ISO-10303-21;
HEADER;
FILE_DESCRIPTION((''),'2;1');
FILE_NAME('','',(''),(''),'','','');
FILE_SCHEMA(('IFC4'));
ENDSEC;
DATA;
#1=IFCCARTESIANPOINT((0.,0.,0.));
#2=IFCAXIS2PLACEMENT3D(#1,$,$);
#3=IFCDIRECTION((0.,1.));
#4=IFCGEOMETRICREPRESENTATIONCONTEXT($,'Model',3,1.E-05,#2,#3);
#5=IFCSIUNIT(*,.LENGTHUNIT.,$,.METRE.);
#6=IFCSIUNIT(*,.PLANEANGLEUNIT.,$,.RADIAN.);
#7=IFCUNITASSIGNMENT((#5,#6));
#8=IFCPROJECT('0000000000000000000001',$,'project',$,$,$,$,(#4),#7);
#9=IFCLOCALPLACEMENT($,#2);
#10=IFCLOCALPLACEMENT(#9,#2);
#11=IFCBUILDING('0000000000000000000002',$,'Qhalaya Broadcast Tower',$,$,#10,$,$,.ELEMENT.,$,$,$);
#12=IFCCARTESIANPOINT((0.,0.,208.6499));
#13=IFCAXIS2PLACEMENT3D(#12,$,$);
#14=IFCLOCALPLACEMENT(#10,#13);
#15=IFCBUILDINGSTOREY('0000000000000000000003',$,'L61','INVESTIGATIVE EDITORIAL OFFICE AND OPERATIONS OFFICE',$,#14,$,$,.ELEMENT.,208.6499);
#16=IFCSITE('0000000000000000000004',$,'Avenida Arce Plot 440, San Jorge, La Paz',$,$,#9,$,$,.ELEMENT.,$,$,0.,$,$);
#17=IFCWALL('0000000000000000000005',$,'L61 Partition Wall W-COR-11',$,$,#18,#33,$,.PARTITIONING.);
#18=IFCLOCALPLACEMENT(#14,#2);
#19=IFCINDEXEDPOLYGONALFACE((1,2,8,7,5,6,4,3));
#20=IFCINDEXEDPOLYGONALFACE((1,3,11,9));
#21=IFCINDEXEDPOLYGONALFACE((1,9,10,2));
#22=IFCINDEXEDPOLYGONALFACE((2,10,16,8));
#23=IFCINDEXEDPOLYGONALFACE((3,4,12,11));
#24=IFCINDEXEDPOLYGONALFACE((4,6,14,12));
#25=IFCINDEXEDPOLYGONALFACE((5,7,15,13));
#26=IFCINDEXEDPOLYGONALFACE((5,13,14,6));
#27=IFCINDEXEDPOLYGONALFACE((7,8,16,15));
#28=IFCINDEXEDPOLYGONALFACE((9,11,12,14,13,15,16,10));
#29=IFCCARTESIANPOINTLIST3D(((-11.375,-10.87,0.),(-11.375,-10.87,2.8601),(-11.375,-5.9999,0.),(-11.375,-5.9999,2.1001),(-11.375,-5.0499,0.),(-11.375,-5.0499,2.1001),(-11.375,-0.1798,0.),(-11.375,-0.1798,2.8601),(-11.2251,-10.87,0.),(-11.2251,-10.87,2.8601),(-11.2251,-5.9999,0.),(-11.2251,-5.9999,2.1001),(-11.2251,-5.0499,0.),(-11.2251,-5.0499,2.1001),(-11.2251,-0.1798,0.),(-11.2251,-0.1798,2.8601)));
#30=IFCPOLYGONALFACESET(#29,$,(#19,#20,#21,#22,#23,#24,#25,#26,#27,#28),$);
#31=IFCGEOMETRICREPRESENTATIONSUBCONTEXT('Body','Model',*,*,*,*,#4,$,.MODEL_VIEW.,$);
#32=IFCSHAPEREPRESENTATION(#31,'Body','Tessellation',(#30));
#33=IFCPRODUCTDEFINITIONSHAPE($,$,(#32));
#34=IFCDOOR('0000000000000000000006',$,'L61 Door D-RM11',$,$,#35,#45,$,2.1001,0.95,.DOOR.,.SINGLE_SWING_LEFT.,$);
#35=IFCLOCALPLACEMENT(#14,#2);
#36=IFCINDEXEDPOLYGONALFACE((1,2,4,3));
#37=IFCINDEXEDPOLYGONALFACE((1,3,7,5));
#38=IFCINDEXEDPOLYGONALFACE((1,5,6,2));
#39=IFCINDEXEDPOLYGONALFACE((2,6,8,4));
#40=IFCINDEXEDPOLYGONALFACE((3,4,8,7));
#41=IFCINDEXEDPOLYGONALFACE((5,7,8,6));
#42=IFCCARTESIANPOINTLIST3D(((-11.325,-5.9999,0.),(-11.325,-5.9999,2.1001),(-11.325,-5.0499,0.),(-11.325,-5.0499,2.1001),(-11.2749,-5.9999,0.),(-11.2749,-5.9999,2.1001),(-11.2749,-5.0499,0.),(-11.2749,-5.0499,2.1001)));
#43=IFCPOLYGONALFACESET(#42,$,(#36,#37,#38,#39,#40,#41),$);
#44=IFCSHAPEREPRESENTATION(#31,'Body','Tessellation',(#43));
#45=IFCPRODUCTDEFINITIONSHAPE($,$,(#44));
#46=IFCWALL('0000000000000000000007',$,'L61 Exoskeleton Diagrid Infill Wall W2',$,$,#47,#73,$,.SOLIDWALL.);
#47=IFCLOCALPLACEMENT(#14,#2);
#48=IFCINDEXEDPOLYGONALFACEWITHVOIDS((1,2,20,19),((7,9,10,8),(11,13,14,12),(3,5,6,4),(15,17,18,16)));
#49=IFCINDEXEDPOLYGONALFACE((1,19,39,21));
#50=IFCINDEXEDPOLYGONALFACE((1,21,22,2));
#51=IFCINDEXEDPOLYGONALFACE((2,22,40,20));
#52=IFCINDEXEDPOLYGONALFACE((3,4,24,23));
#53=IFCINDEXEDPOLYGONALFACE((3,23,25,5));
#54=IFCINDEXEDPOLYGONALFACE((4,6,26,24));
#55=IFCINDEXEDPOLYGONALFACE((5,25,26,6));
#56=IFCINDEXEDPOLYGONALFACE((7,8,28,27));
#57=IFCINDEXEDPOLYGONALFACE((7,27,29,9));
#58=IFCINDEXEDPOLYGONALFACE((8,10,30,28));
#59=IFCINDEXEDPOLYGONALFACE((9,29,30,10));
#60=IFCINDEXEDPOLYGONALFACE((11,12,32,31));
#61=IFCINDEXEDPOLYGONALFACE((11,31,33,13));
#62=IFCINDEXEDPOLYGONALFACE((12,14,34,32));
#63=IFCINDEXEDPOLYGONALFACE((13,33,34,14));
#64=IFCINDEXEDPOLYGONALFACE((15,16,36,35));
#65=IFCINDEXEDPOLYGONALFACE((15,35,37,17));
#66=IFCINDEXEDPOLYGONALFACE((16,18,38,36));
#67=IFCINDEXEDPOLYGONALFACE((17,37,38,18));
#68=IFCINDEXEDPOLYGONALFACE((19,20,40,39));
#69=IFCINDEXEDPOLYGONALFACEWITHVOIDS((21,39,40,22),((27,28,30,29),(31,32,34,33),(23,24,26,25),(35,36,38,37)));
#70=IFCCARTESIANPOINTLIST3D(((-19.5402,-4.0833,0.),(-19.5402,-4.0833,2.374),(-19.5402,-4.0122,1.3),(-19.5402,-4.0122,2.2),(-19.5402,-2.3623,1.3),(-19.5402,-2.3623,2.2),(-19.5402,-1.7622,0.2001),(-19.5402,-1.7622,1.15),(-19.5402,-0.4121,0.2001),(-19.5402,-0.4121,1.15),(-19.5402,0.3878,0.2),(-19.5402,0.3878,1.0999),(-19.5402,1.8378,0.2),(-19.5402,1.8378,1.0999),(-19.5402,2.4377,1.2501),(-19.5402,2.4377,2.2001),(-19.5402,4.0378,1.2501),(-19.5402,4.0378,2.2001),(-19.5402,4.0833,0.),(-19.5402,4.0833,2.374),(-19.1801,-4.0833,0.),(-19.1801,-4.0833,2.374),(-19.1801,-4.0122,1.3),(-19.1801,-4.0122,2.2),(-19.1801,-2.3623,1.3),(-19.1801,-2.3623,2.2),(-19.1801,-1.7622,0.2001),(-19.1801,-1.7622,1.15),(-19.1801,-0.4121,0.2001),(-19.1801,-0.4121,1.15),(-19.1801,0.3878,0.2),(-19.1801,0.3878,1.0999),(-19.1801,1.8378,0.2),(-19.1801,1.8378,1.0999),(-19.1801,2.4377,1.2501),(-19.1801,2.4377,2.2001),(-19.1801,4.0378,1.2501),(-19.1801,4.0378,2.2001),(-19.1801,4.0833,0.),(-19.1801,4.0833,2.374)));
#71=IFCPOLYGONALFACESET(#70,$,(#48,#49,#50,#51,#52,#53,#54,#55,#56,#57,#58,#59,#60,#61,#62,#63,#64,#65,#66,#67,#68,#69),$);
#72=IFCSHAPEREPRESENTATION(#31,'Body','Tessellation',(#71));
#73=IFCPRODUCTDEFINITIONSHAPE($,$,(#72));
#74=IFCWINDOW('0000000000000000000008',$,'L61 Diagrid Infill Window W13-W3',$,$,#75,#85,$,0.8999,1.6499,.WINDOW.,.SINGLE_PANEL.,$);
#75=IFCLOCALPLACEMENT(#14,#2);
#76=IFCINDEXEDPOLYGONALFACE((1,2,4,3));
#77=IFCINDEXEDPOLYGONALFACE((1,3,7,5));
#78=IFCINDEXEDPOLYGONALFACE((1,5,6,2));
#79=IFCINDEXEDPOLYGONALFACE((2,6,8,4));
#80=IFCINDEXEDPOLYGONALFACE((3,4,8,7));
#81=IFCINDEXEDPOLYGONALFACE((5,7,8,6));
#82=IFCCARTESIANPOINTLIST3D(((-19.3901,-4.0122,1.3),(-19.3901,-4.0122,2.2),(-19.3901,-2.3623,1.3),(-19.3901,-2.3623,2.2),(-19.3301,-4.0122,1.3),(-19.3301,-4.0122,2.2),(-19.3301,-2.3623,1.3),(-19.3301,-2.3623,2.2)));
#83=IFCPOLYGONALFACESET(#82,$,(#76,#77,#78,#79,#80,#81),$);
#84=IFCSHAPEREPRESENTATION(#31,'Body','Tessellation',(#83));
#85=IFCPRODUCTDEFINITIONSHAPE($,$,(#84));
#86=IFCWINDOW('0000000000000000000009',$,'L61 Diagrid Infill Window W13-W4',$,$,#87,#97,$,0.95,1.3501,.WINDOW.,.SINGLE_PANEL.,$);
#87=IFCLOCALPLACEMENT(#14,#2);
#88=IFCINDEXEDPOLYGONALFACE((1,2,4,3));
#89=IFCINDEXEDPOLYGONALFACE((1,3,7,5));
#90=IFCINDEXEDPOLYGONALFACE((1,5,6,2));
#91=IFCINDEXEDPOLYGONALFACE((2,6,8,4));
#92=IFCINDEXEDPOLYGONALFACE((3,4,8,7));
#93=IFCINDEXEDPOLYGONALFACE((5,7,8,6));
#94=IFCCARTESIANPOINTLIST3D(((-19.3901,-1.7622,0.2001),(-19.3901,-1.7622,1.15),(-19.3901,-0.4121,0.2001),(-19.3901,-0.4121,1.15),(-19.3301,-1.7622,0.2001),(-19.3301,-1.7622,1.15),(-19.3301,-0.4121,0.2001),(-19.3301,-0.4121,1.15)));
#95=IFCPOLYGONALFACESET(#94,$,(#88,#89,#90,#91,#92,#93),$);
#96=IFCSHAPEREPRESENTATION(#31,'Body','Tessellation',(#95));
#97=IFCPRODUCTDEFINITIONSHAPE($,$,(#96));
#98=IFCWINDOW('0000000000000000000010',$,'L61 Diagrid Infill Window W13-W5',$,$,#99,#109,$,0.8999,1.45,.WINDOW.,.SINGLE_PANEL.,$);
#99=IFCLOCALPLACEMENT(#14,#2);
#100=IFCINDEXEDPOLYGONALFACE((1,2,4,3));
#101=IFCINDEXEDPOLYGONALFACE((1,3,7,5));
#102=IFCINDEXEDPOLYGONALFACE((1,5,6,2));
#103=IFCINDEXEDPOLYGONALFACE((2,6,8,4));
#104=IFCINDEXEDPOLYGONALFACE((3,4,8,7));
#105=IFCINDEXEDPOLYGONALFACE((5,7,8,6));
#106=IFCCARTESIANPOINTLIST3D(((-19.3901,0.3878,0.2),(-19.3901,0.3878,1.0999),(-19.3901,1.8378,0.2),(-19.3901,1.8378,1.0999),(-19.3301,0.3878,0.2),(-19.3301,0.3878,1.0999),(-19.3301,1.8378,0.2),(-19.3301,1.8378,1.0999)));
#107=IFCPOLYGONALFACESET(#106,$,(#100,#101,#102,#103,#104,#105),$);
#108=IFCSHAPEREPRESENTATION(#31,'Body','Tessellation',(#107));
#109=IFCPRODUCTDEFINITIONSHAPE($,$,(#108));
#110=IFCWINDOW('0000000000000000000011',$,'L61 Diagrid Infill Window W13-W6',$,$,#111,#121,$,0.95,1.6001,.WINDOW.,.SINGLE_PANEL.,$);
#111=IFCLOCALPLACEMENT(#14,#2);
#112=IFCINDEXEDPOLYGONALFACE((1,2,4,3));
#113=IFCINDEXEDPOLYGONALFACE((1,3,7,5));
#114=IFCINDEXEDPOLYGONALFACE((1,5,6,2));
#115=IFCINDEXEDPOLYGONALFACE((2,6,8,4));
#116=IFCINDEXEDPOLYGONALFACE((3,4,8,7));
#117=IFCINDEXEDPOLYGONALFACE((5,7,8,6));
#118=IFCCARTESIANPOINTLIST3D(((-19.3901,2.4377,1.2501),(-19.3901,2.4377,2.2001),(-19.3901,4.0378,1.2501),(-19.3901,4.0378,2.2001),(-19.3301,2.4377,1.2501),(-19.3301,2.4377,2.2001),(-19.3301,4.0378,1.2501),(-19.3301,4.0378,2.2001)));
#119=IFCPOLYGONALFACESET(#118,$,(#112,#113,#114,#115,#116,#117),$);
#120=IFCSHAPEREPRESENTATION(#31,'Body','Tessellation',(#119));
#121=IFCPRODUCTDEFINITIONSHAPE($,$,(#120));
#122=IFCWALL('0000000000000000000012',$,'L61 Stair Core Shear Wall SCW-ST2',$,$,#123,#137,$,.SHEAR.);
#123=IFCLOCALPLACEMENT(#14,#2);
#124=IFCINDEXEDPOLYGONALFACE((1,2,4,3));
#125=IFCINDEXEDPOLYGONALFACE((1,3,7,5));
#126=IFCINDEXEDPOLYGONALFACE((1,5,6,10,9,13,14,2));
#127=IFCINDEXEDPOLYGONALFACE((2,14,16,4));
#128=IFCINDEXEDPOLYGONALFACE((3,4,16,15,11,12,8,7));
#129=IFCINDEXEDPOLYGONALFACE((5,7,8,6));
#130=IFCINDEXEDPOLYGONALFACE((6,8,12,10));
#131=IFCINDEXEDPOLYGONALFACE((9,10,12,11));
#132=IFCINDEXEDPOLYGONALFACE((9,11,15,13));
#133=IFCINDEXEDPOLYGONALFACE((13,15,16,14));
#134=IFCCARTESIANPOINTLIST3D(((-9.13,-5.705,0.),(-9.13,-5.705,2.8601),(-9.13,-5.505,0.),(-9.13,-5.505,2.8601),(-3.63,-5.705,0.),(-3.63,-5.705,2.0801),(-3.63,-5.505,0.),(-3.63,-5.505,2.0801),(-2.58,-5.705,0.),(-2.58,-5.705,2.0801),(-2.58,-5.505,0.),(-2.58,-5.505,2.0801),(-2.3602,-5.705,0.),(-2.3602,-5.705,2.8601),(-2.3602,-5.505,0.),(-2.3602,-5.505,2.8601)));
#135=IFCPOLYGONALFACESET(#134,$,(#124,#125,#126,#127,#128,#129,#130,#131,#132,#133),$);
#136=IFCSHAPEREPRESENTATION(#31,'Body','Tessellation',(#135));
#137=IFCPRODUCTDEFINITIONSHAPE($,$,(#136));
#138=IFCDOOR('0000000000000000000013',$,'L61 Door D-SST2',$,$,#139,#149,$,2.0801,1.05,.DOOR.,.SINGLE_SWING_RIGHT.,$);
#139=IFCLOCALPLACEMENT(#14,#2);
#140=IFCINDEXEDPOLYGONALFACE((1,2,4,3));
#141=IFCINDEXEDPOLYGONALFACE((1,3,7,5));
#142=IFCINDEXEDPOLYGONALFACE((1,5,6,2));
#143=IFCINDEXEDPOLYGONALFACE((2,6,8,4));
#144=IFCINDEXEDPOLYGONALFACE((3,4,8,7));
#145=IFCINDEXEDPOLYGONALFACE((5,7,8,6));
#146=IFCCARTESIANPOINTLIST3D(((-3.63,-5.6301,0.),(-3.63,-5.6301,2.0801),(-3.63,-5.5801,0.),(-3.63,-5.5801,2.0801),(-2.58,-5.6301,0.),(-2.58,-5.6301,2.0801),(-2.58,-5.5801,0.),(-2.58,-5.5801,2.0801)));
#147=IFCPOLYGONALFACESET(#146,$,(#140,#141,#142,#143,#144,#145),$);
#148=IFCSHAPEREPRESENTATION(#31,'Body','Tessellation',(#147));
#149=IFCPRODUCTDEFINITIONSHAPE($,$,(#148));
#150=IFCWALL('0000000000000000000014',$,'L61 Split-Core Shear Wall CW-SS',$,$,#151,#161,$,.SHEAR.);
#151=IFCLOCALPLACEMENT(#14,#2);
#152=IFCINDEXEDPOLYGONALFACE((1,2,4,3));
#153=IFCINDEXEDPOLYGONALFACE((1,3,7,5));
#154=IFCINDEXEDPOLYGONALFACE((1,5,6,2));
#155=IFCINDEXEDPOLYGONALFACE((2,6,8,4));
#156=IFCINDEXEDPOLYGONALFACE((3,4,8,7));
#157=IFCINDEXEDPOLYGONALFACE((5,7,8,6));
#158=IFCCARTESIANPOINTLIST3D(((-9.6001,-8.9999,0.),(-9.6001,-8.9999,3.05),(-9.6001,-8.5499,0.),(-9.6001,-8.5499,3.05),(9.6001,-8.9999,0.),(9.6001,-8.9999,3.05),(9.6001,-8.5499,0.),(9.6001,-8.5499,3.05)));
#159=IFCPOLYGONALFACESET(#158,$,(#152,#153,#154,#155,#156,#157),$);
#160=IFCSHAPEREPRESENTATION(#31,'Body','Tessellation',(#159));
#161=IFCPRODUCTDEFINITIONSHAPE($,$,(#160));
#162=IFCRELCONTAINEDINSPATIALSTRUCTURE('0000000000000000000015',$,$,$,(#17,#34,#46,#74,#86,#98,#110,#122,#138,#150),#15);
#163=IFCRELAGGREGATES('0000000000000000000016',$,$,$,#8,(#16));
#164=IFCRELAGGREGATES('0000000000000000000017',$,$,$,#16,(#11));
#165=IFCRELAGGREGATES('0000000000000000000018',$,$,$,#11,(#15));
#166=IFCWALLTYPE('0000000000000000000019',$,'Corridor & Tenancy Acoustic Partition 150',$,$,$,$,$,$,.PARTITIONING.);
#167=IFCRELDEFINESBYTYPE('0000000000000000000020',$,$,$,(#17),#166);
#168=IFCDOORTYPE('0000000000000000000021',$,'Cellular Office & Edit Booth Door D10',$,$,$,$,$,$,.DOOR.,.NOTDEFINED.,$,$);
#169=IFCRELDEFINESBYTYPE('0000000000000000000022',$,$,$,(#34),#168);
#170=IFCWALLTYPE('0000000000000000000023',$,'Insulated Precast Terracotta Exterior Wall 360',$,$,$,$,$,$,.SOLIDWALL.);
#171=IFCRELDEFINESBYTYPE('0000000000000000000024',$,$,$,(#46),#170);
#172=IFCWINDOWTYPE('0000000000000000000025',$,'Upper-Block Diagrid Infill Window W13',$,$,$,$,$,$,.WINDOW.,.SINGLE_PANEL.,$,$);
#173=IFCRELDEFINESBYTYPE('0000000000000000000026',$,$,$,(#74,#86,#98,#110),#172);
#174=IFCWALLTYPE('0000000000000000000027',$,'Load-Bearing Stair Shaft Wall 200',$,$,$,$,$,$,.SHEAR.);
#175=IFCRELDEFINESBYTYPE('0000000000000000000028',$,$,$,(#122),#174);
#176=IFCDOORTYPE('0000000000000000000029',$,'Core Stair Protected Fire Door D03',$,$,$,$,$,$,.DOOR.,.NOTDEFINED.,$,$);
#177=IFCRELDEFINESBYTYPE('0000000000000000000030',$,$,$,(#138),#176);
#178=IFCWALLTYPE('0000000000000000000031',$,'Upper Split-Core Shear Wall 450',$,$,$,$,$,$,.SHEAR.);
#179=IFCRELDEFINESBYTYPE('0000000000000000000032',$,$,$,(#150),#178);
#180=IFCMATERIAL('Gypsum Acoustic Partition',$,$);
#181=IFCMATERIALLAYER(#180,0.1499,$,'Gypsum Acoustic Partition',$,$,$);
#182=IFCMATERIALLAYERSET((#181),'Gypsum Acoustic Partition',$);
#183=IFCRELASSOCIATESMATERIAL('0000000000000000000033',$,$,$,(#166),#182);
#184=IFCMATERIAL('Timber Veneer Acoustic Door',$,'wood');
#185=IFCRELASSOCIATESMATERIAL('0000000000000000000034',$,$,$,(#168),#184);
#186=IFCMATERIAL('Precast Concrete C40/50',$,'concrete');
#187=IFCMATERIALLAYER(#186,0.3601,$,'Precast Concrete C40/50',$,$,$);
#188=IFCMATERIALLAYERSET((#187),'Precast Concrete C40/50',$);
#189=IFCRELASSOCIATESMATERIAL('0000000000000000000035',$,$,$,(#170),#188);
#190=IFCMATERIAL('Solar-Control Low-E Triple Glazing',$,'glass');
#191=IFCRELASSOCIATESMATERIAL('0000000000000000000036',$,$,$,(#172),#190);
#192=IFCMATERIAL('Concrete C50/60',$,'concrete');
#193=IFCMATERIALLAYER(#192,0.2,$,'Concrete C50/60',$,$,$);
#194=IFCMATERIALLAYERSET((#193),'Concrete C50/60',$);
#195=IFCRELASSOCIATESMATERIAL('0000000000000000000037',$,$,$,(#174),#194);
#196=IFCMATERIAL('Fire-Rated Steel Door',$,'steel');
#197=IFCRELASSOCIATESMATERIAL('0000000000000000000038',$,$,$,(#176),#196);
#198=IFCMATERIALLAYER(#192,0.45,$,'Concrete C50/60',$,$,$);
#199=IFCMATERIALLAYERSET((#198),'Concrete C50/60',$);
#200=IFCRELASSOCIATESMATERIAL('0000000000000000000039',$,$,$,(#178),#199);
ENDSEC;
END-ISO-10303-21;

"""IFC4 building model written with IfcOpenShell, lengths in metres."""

from ifc_helpers import new_model, si_unit, direction, frame, frame_2d, origin, place, context, subcontext, project, spatial, rectangle, extrude, material, layer, layer_set, type_object, element, fill, save


model = new_model("IFC4")

# Units and contexts
model_context = context("Model", 3, precision=1e-05, world=origin(), true_north=direction((0.0, 1.0)))
body_context = subcontext(model_context, "Body", "Model", "MODEL_VIEW")
ifc_project = project(units=[si_unit("LENGTHUNIT", "METRE"), si_unit("PLANEANGLEUNIT", "RADIAN")], contexts=[model_context])

# Site, building, storey
site_placement = place(None, origin())
site = spatial("IfcSite", under=ifc_project, at=site_placement, Name="Avenida Arce Plot 440, San Jorge, La Paz", CompositionType="ELEMENT", RefElevation=0.0)
building_placement = place(site_placement, origin())
building = spatial("IfcBuilding", under=site, at=building_placement, Name="Qhalaya Broadcast Tower", CompositionType="ELEMENT")
storey_placement = place(building_placement, frame((0.0, 0.0, 208.6499)))
storey = spatial("IfcBuildingStorey", under=building, at=storey_placement, Name="L61", Description="INVESTIGATIVE EDITORIAL OFFICE AND OPERATIONS OFFICE", CompositionType="ELEMENT", Elevation=208.6499)

# Wall, opening, door
ifc_material_1 = material(Name="Gypsum Acoustic Partition")
ifc_layer_1 = layer(ifc_material_1, 0.1499, Name="Gypsum Acoustic Partition")
ifc_layer_set_1 = layer_set([ifc_layer_1], Name="Gypsum Acoustic Partition")
wall_type_1 = type_object("IfcWallType", Name="Corridor & Tenancy Acoustic Partition 150", PredefinedType="PARTITIONING", material=ifc_layer_set_1)
wall_1_placement = place(storey_placement, frame((-11.3, -10.8701, 0.0), z_axis=(0.0, 0.0, 1.0), x_axis=(0.0, 1.0, 0.0)))
wall_1 = element("IfcWall", 1, at=wall_1_placement, inside=storey, type_object=wall_type_1, Name="L61 Partition Wall W-COR-11", PredefinedType="PARTITIONING", context=body_context, shape_type="SweptSolid", body=[
    extrude(rectangle(XDim=10.6902, YDim=0.1499, at=frame_2d((5.3452, 0.0))), origin(), (0.0, 0.0, 1.0), 2.8601),
])
opening_1_placement = place(wall_1_placement, frame((4.8701, 0.0, 0.0)))
opening_1 = element("IfcOpeningElement", 2, at=opening_1_placement, cuts=wall_1, PredefinedType="OPENING", context=body_context, shape_type="SweptSolid", body=[
    extrude(rectangle(XDim=0.95, YDim=2.1001, at=frame_2d((0.4751, 1.05))), frame((0.0, 0.0869, 0.0), z_axis=(0.0, -1.0, 0.0), x_axis=(1.0, 0.0, 0.0)), (0.0, 0.0, 1.0), 0.1738),
])
ifc_material_2 = material(Name="Timber Veneer Acoustic Door", Category="wood")
door_type_1 = type_object("IfcDoorType", Name="Cellular Office & Edit Booth Door D10", OperationType="NOTDEFINED", PredefinedType="DOOR", material=ifc_material_2)
door_1_placement = place(opening_1_placement, origin())
door_1 = element("IfcDoor", 3, at=door_1_placement, inside=storey, type_object=door_type_1, Name="L61 Door D-RM11", OperationType="SINGLE_SWING_LEFT", OverallHeight=2.1001, OverallWidth=0.95, PredefinedType="DOOR", context=body_context, shape_type="SweptSolid", body=[
    extrude(rectangle(XDim=0.95, YDim=2.1001, at=frame_2d((0.4751, 1.05))), frame((0.0, 0.0249, 0.0), z_axis=(0.0, -1.0, 0.0), x_axis=(1.0, 0.0, 0.0)), (0.0, 0.0, 1.0), 0.05),
])
fill(opening_1, door_1)

# Wall, openings, windows
ifc_material_3 = material(Name="Precast Concrete C40/50", Category="concrete")
ifc_layer_2 = layer(ifc_material_3, 0.3601, Name="Precast Concrete C40/50")
ifc_layer_set_2 = layer_set([ifc_layer_2], Name="Precast Concrete C40/50")
wall_type_2 = type_object("IfcWallType", Name="Insulated Precast Terracotta Exterior Wall 360", PredefinedType="SOLIDWALL", material=ifc_layer_set_2)
wall_2_placement = place(storey_placement, frame((-19.3601, -4.0833, 0.0), z_axis=(0.0, 0.0, 1.0), x_axis=(0.0, 1.0, 0.0)))
wall_2 = element("IfcWall", 4, at=wall_2_placement, inside=storey, type_object=wall_type_2, Name="L61 Exoskeleton Diagrid Infill Wall W2", PredefinedType="SOLIDWALL", context=body_context, shape_type="SweptSolid", body=[
    extrude(rectangle(XDim=8.1665, YDim=0.3601, at=frame_2d((4.0833, 0.0))), origin(), (0.0, 0.0, 1.0), 2.374),
])
opening_2_placement = place(wall_2_placement, frame((0.071, 0.0, 1.3)))
opening_2 = element("IfcOpeningElement", 5, at=opening_2_placement, cuts=wall_2, PredefinedType="OPENING", context=body_context, shape_type="SweptSolid", body=[
    extrude(rectangle(XDim=1.6499, YDim=0.8999, at=frame_2d((0.825, 0.45))), frame((0.0, 0.1921, 0.0), z_axis=(0.0, -1.0, 0.0), x_axis=(1.0, 0.0, 0.0)), (0.0, 0.0, 1.0), 0.384),
])
opening_3_placement = place(wall_2_placement, frame((2.321, 0.0, 0.2)))
opening_3 = element("IfcOpeningElement", 6, at=opening_3_placement, cuts=wall_2, PredefinedType="OPENING", context=body_context, shape_type="SweptSolid", body=[
    extrude(rectangle(XDim=1.3501, YDim=0.95, at=frame_2d((0.675, 0.4751))), frame((0.0, 0.1921, 0.0), z_axis=(0.0, -1.0, 0.0), x_axis=(1.0, 0.0, 0.0)), (0.0, 0.0, 1.0), 0.384),
])
opening_4_placement = place(wall_2_placement, frame((4.4709, 0.0, 0.2)))
opening_4 = element("IfcOpeningElement", 7, at=opening_4_placement, cuts=wall_2, PredefinedType="OPENING", context=body_context, shape_type="SweptSolid", body=[
    extrude(rectangle(XDim=1.45, YDim=0.8999, at=frame_2d((0.7251, 0.45))), frame((0.0, 0.1921, 0.0), z_axis=(0.0, -1.0, 0.0), x_axis=(1.0, 0.0, 0.0)), (0.0, 0.0, 1.0), 0.384),
])
opening_5_placement = place(wall_2_placement, frame((6.521, 0.0, 1.25)))
opening_5 = element("IfcOpeningElement", 8, at=opening_5_placement, cuts=wall_2, PredefinedType="OPENING", context=body_context, shape_type="SweptSolid", body=[
    extrude(rectangle(XDim=1.6001, YDim=0.95, at=frame_2d((0.8, 0.4751))), frame((0.0, 0.1921, 0.0), z_axis=(0.0, -1.0, 0.0), x_axis=(1.0, 0.0, 0.0)), (0.0, 0.0, 1.0), 0.384),
])
ifc_material_4 = material(Name="Solar-Control Low-E Triple Glazing", Category="glass")
window_type = type_object("IfcWindowType", Name="Upper-Block Diagrid Infill Window W13", PartitioningType="SINGLE_PANEL", PredefinedType="WINDOW", material=ifc_material_4)
window_1_placement = place(opening_2_placement, origin())
window_1 = element("IfcWindow", 9, at=window_1_placement, inside=storey, type_object=window_type, Name="L61 Diagrid Infill Window W13-W3", OverallHeight=0.8999, OverallWidth=1.6499, PartitioningType="SINGLE_PANEL", PredefinedType="WINDOW", context=body_context, shape_type="SweptSolid", body=[
    extrude(rectangle(XDim=1.6499, YDim=0.8999, at=frame_2d((0.825, 0.45))), frame((0.0, 0.03, 0.0), z_axis=(0.0, -1.0, 0.0), x_axis=(1.0, 0.0, 0.0)), (0.0, 0.0, 1.0), 0.0601),
])
fill(opening_2, window_1)
window_2_placement = place(opening_3_placement, origin())
window_2 = element("IfcWindow", 10, at=window_2_placement, inside=storey, type_object=window_type, Name="L61 Diagrid Infill Window W13-W4", OverallHeight=0.95, OverallWidth=1.3501, PartitioningType="SINGLE_PANEL", PredefinedType="WINDOW", context=body_context, shape_type="SweptSolid", body=[
    extrude(rectangle(XDim=1.3501, YDim=0.95, at=frame_2d((0.675, 0.4751))), frame((0.0, 0.03, 0.0), z_axis=(0.0, -1.0, 0.0), x_axis=(1.0, 0.0, 0.0)), (0.0, 0.0, 1.0), 0.0601),
])
fill(opening_3, window_2)
window_3_placement = place(opening_4_placement, origin())
window_3 = element("IfcWindow", 11, at=window_3_placement, inside=storey, type_object=window_type, Name="L61 Diagrid Infill Window W13-W5", OverallHeight=0.8999, OverallWidth=1.45, PartitioningType="SINGLE_PANEL", PredefinedType="WINDOW", context=body_context, shape_type="SweptSolid", body=[
    extrude(rectangle(XDim=1.45, YDim=0.8999, at=frame_2d((0.7251, 0.45))), frame((0.0, 0.03, 0.0), z_axis=(0.0, -1.0, 0.0), x_axis=(1.0, 0.0, 0.0)), (0.0, 0.0, 1.0), 0.0601),
])
fill(opening_4, window_3)
window_4_placement = place(opening_5_placement, origin())
window_4 = element("IfcWindow", 12, at=window_4_placement, inside=storey, type_object=window_type, Name="L61 Diagrid Infill Window W13-W6", OverallHeight=0.95, OverallWidth=1.6001, PartitioningType="SINGLE_PANEL", PredefinedType="WINDOW", context=body_context, shape_type="SweptSolid", body=[
    extrude(rectangle(XDim=1.6001, YDim=0.95, at=frame_2d((0.8, 0.4751))), frame((0.0, 0.03, 0.0), z_axis=(0.0, -1.0, 0.0), x_axis=(1.0, 0.0, 0.0)), (0.0, 0.0, 1.0), 0.0601),
])
fill(opening_5, window_4)

# Wall, opening, door
ifc_material_5 = material(Name="Concrete C50/60", Category="concrete")
ifc_layer_3 = layer(ifc_material_5, 0.2, Name="Concrete C50/60")
ifc_layer_set_3 = layer_set([ifc_layer_3], Name="Concrete C50/60")
wall_type_3 = type_object("IfcWallType", Name="Load-Bearing Stair Shaft Wall 200", PredefinedType="SHEAR", material=ifc_layer_set_3)
wall_3_placement = place(storey_placement, frame((-9.1299, -5.605, 0.0), z_axis=(0.0, 0.0, 1.0), x_axis=(1.0, 0.0, 0.0)))
wall_3 = element("IfcWall", 13, at=wall_3_placement, inside=storey, type_object=wall_type_3, Name="L61 Stair Core Shear Wall SCW-ST2", PredefinedType="SHEAR", context=body_context, shape_type="SweptSolid", body=[
    extrude(rectangle(XDim=6.7698, YDim=0.2, at=frame_2d((3.3848, 0.0))), origin(), (0.0, 0.0, 1.0), 2.8601),
])
opening_6_placement = place(wall_3_placement, frame((5.5, 0.0, 0.0)))
opening_6 = element("IfcOpeningElement", 14, at=opening_6_placement, cuts=wall_3, PredefinedType="OPENING", context=body_context, shape_type="SweptSolid", body=[
    extrude(rectangle(XDim=1.05, YDim=2.0801, at=frame_2d((0.5249, 1.04))), frame((0.0, 0.1121, 0.0), z_axis=(0.0, -1.0, 0.0), x_axis=(1.0, 0.0, 0.0)), (0.0, 0.0, 1.0), 0.2239),
])
ifc_material_6 = material(Name="Fire-Rated Steel Door", Category="steel")
door_type_2 = type_object("IfcDoorType", Name="Core Stair Protected Fire Door D03", OperationType="NOTDEFINED", PredefinedType="DOOR", material=ifc_material_6)
door_2_placement = place(opening_6_placement, origin())
door_2 = element("IfcDoor", 15, at=door_2_placement, inside=storey, type_object=door_type_2, Name="L61 Door D-SST2", OperationType="SINGLE_SWING_RIGHT", OverallHeight=2.0801, OverallWidth=1.05, PredefinedType="DOOR", context=body_context, shape_type="SweptSolid", body=[
    extrude(rectangle(XDim=1.05, YDim=2.0801, at=frame_2d((0.5249, 1.04))), frame((0.0, 0.0249, 0.0), z_axis=(0.0, -1.0, 0.0), x_axis=(1.0, 0.0, 0.0)), (0.0, 0.0, 1.0), 0.05),
])
fill(opening_6, door_2)

# Wall
ifc_layer_4 = layer(ifc_material_5, 0.45, Name="Concrete C50/60")
ifc_layer_set_4 = layer_set([ifc_layer_4], Name="Concrete C50/60")
wall_type_4 = type_object("IfcWallType", Name="Upper Split-Core Shear Wall 450", PredefinedType="SHEAR", material=ifc_layer_set_4)
wall_4_placement = place(storey_placement, frame((-9.6001, -8.7749, 0.0), z_axis=(0.0, 0.0, 1.0), x_axis=(1.0, 0.0, 0.0)))
element("IfcWall", 16, at=wall_4_placement, inside=storey, type_object=wall_type_4, Name="L61 Split-Core Shear Wall CW-SS", PredefinedType="SHEAR", context=body_context, shape_type="SweptSolid", body=[
    extrude(rectangle(XDim=19.2002, YDim=0.45, at=frame_2d((9.6001, 0.0))), origin(), (0.0, 0.0, 1.0), 3.05),
])

save(model, "model.ifc")
